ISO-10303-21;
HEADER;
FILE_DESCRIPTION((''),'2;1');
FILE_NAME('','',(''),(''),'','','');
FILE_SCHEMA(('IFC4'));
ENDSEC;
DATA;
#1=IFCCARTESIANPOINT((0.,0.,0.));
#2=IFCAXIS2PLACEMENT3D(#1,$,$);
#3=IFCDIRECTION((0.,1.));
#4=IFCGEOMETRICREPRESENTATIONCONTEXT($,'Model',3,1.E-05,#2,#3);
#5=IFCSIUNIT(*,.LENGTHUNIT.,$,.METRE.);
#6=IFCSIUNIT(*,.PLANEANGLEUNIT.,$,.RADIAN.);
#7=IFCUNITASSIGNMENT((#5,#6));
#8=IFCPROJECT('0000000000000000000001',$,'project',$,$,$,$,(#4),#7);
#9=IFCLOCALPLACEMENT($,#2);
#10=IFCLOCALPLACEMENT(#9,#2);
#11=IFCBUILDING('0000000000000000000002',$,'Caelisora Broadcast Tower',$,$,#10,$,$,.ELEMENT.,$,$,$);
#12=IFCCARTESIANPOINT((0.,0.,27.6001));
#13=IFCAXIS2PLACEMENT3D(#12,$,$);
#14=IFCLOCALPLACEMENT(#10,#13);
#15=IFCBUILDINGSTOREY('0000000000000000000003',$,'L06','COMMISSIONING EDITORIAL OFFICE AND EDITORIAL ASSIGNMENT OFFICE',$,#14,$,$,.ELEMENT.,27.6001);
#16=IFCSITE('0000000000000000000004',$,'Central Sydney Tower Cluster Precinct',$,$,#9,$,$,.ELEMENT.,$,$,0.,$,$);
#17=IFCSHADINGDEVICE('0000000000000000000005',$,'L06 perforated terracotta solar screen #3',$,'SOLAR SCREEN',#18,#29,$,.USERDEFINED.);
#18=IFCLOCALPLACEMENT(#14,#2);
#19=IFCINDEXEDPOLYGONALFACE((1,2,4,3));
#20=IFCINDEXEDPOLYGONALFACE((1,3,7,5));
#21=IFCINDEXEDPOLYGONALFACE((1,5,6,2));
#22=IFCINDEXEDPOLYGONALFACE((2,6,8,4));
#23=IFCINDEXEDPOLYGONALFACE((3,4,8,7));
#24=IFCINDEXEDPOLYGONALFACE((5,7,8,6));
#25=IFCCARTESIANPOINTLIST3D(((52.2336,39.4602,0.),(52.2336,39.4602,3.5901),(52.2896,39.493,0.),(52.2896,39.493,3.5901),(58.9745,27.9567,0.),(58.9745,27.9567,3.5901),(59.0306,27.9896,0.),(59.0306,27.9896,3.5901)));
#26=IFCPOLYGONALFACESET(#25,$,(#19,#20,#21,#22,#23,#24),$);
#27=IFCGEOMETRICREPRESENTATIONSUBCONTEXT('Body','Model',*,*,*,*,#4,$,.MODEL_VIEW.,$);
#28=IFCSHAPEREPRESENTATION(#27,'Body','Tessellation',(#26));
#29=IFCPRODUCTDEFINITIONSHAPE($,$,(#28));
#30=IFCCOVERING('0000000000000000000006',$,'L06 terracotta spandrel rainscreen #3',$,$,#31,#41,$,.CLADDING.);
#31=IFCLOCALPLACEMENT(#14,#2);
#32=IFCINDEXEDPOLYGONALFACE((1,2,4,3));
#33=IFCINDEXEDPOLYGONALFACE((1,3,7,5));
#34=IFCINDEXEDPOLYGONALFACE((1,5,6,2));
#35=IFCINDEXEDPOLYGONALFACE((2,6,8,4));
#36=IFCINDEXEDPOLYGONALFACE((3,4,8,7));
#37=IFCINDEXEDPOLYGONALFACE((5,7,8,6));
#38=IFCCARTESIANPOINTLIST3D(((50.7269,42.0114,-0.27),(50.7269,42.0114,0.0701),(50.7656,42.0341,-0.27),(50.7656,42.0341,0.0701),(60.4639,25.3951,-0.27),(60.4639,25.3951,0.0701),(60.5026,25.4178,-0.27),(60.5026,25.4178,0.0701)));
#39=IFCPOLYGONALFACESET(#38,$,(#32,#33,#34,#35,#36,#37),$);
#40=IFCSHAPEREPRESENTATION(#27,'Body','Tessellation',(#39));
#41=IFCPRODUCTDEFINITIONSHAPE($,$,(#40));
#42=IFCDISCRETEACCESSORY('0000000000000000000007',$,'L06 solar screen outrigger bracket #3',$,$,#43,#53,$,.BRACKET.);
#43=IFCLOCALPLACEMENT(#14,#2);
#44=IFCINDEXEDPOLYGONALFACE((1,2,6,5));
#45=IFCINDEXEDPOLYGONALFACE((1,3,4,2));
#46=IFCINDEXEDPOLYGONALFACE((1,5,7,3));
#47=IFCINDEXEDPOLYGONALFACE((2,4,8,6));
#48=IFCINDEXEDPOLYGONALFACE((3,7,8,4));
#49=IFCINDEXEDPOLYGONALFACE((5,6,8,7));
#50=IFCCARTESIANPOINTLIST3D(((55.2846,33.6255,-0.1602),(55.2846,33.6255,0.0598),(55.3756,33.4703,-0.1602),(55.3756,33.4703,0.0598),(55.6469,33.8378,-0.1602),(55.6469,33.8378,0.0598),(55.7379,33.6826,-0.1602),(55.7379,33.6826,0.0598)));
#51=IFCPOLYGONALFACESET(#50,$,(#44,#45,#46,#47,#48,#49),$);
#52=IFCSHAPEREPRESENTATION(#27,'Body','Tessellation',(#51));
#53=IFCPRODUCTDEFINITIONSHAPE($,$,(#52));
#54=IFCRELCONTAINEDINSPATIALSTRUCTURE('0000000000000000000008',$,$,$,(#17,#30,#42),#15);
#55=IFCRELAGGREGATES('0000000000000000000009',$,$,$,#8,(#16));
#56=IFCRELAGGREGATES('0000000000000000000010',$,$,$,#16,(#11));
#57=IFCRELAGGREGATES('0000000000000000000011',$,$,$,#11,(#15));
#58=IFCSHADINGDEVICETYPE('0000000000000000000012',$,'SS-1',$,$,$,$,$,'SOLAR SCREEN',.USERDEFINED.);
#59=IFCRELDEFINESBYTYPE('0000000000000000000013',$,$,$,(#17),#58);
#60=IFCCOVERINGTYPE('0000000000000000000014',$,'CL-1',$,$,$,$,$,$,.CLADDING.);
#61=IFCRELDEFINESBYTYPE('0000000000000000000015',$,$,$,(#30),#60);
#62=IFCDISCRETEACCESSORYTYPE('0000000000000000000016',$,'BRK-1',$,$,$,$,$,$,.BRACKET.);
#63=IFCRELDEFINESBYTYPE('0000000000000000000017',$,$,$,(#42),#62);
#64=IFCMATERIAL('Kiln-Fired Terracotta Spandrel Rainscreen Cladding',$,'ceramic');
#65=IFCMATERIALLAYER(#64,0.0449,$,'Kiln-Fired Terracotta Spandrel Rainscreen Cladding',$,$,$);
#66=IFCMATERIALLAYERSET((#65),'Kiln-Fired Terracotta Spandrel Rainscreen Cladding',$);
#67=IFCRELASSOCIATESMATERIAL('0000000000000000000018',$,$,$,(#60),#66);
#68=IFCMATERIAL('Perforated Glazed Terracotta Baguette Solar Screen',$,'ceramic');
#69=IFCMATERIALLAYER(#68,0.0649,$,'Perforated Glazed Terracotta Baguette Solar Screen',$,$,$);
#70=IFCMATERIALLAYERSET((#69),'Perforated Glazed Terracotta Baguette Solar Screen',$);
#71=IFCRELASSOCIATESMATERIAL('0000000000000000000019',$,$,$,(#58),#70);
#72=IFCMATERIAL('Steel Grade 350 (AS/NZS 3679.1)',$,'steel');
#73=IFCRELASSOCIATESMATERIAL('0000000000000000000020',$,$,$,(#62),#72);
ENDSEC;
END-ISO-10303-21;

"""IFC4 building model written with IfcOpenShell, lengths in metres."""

from ifc_helpers import new_model, si_unit, direction, frame, origin, origin_2d, place, context, subcontext, project, spatial, rectangle, extrude, source, transform, mapped, material, layer, layer_set, type_object, type_shapes, element, save


model = new_model("IFC4")

# Units and contexts
model_context = context("Model", 3, precision=1e-05, world=origin(), true_north=direction((0.0, 1.0)))
body_context = subcontext(model_context, "Body", "Model", "MODEL_VIEW")
ifc_project = project(units=[si_unit("LENGTHUNIT", "METRE"), si_unit("PLANEANGLEUNIT", "RADIAN")], contexts=[model_context])

# Site, building, storey
site_placement = place(None, origin())
site = spatial("IfcSite", under=ifc_project, at=site_placement, Name="Central Sydney Tower Cluster Precinct", CompositionType="ELEMENT", RefElevation=0.0)
building_placement = place(site_placement, origin())
building = spatial("IfcBuilding", under=site, at=building_placement, Name="Caelisora Broadcast Tower", CompositionType="ELEMENT")
storey_placement = place(building_placement, frame((0.0, 0.0, 27.6001)))
storey = spatial("IfcBuildingStorey", under=building, at=storey_placement, Name="L06", Description="COMMISSIONING EDITORIAL OFFICE AND EDITORIAL ASSIGNMENT OFFICE", CompositionType="ELEMENT", Elevation=27.6001)

# Shared definitions
ifc_material_1 = material(Name="Steel Grade 350 (AS/NZS 3679.1)", Category="steel")

# Shared definitions
ifc_material_2 = material(Name="Kiln-Fired Terracotta Spandrel Rainscreen Cladding", Category="ceramic")
ifc_layer_1 = layer(ifc_material_2, 0.0449, Name="Kiln-Fired Terracotta Spandrel Rainscreen Cladding")
ifc_layer_set_1 = layer_set([ifc_layer_1], Name="Kiln-Fired Terracotta Spandrel Rainscreen Cladding")
covering_type = type_object("IfcCoveringType", Name="CL-1", PredefinedType="CLADDING", material=ifc_layer_set_1)

# Shading device
ifc_material_3 = material(Name="Perforated Glazed Terracotta Baguette Solar Screen", Category="ceramic")
ifc_layer_2 = layer(ifc_material_3, 0.0649, Name="Perforated Glazed Terracotta Baguette Solar Screen")
ifc_layer_set_2 = layer_set([ifc_layer_2], Name="Perforated Glazed Terracotta Baguette Solar Screen")
shading_device_type_1 = type_object("IfcShadingDeviceType", Name="SS-1", ElementType="SOLAR SCREEN", PredefinedType="USERDEFINED", material=ifc_layer_set_2)
shared_shape_1 = source(origin(), body_context, "Body", "SweptSolid", [
    extrude(rectangle(XDim=13.333, YDim=0.0649, at=origin_2d()), origin(), (0.0, 0.0, 1.0), 3.5901),
])
type_shapes(shading_device_type_1, [shared_shape_1])
shading_device_1_placement = place(storey_placement, frame((55.6321, 33.7249, 0.0), z_axis=(0.0, 0.0, 1.0), x_axis=(-0.505582, 0.862779, 0.0)))
element("IfcShadingDevice", 1, at=shading_device_1_placement, inside=storey, type_object=shading_device_type_1, Name="L06 perforated terracotta solar screen #3", ObjectType="SOLAR SCREEN", PredefinedType="USERDEFINED", context=body_context, shape_type="MappedRepresentation", body=[
    mapped(shared_shape_1, transform((0.0, 0.0, 0.0), scale=1.0)),
])

# Covering
shared_shape_2 = source(origin(), body_context, "Body", "SweptSolid", [
    extrude(rectangle(XDim=19.259, YDim=0.0449, at=origin_2d()), origin(), (0.0, 0.0, 1.0), 0.3401),
])
covering_1_placement = place(storey_placement, frame((55.6147, 33.7146, -0.27), z_axis=(0.0, 0.0, 1.0), x_axis=(-0.505582, 0.862779, 0.0)))
element("IfcCovering", 2, at=covering_1_placement, inside=storey, type_object=covering_type, Name="L06 terracotta spandrel rainscreen #3", PredefinedType="CLADDING", context=body_context, shape_type="MappedRepresentation", body=[
    mapped(shared_shape_2, transform((0.0, 0.0, 0.0), scale=1.0)),
])

# Discrete accessory
discrete_accessory_type = type_object("IfcDiscreteAccessoryType", Name="BRK-1", PredefinedType="BRACKET", material=ifc_material_1)
shared_shape_3 = source(origin(), body_context, "Body", "SweptSolid", [
    extrude(rectangle(XDim=0.1799, YDim=0.4199, at=origin_2d()), origin(), (0.0, 0.0, 1.0), 0.22),
])
type_shapes(discrete_accessory_type, [shared_shape_3])
discrete_accessory_placement = place(storey_placement, frame((55.5112, 33.6541, -0.1602), z_axis=(0.0, 0.0, 1.0), x_axis=(-0.505582, 0.862779, 0.0)))
element("IfcDiscreteAccessory", 3, at=discrete_accessory_placement, inside=storey, type_object=discrete_accessory_type, Name="L06 solar screen outrigger bracket #3", PredefinedType="BRACKET", context=body_context, shape_type="MappedRepresentation", body=[
    mapped(shared_shape_3, transform((0.0, 0.0, 0.0), scale=1.0)),
])

save(model, "model.ifc")
